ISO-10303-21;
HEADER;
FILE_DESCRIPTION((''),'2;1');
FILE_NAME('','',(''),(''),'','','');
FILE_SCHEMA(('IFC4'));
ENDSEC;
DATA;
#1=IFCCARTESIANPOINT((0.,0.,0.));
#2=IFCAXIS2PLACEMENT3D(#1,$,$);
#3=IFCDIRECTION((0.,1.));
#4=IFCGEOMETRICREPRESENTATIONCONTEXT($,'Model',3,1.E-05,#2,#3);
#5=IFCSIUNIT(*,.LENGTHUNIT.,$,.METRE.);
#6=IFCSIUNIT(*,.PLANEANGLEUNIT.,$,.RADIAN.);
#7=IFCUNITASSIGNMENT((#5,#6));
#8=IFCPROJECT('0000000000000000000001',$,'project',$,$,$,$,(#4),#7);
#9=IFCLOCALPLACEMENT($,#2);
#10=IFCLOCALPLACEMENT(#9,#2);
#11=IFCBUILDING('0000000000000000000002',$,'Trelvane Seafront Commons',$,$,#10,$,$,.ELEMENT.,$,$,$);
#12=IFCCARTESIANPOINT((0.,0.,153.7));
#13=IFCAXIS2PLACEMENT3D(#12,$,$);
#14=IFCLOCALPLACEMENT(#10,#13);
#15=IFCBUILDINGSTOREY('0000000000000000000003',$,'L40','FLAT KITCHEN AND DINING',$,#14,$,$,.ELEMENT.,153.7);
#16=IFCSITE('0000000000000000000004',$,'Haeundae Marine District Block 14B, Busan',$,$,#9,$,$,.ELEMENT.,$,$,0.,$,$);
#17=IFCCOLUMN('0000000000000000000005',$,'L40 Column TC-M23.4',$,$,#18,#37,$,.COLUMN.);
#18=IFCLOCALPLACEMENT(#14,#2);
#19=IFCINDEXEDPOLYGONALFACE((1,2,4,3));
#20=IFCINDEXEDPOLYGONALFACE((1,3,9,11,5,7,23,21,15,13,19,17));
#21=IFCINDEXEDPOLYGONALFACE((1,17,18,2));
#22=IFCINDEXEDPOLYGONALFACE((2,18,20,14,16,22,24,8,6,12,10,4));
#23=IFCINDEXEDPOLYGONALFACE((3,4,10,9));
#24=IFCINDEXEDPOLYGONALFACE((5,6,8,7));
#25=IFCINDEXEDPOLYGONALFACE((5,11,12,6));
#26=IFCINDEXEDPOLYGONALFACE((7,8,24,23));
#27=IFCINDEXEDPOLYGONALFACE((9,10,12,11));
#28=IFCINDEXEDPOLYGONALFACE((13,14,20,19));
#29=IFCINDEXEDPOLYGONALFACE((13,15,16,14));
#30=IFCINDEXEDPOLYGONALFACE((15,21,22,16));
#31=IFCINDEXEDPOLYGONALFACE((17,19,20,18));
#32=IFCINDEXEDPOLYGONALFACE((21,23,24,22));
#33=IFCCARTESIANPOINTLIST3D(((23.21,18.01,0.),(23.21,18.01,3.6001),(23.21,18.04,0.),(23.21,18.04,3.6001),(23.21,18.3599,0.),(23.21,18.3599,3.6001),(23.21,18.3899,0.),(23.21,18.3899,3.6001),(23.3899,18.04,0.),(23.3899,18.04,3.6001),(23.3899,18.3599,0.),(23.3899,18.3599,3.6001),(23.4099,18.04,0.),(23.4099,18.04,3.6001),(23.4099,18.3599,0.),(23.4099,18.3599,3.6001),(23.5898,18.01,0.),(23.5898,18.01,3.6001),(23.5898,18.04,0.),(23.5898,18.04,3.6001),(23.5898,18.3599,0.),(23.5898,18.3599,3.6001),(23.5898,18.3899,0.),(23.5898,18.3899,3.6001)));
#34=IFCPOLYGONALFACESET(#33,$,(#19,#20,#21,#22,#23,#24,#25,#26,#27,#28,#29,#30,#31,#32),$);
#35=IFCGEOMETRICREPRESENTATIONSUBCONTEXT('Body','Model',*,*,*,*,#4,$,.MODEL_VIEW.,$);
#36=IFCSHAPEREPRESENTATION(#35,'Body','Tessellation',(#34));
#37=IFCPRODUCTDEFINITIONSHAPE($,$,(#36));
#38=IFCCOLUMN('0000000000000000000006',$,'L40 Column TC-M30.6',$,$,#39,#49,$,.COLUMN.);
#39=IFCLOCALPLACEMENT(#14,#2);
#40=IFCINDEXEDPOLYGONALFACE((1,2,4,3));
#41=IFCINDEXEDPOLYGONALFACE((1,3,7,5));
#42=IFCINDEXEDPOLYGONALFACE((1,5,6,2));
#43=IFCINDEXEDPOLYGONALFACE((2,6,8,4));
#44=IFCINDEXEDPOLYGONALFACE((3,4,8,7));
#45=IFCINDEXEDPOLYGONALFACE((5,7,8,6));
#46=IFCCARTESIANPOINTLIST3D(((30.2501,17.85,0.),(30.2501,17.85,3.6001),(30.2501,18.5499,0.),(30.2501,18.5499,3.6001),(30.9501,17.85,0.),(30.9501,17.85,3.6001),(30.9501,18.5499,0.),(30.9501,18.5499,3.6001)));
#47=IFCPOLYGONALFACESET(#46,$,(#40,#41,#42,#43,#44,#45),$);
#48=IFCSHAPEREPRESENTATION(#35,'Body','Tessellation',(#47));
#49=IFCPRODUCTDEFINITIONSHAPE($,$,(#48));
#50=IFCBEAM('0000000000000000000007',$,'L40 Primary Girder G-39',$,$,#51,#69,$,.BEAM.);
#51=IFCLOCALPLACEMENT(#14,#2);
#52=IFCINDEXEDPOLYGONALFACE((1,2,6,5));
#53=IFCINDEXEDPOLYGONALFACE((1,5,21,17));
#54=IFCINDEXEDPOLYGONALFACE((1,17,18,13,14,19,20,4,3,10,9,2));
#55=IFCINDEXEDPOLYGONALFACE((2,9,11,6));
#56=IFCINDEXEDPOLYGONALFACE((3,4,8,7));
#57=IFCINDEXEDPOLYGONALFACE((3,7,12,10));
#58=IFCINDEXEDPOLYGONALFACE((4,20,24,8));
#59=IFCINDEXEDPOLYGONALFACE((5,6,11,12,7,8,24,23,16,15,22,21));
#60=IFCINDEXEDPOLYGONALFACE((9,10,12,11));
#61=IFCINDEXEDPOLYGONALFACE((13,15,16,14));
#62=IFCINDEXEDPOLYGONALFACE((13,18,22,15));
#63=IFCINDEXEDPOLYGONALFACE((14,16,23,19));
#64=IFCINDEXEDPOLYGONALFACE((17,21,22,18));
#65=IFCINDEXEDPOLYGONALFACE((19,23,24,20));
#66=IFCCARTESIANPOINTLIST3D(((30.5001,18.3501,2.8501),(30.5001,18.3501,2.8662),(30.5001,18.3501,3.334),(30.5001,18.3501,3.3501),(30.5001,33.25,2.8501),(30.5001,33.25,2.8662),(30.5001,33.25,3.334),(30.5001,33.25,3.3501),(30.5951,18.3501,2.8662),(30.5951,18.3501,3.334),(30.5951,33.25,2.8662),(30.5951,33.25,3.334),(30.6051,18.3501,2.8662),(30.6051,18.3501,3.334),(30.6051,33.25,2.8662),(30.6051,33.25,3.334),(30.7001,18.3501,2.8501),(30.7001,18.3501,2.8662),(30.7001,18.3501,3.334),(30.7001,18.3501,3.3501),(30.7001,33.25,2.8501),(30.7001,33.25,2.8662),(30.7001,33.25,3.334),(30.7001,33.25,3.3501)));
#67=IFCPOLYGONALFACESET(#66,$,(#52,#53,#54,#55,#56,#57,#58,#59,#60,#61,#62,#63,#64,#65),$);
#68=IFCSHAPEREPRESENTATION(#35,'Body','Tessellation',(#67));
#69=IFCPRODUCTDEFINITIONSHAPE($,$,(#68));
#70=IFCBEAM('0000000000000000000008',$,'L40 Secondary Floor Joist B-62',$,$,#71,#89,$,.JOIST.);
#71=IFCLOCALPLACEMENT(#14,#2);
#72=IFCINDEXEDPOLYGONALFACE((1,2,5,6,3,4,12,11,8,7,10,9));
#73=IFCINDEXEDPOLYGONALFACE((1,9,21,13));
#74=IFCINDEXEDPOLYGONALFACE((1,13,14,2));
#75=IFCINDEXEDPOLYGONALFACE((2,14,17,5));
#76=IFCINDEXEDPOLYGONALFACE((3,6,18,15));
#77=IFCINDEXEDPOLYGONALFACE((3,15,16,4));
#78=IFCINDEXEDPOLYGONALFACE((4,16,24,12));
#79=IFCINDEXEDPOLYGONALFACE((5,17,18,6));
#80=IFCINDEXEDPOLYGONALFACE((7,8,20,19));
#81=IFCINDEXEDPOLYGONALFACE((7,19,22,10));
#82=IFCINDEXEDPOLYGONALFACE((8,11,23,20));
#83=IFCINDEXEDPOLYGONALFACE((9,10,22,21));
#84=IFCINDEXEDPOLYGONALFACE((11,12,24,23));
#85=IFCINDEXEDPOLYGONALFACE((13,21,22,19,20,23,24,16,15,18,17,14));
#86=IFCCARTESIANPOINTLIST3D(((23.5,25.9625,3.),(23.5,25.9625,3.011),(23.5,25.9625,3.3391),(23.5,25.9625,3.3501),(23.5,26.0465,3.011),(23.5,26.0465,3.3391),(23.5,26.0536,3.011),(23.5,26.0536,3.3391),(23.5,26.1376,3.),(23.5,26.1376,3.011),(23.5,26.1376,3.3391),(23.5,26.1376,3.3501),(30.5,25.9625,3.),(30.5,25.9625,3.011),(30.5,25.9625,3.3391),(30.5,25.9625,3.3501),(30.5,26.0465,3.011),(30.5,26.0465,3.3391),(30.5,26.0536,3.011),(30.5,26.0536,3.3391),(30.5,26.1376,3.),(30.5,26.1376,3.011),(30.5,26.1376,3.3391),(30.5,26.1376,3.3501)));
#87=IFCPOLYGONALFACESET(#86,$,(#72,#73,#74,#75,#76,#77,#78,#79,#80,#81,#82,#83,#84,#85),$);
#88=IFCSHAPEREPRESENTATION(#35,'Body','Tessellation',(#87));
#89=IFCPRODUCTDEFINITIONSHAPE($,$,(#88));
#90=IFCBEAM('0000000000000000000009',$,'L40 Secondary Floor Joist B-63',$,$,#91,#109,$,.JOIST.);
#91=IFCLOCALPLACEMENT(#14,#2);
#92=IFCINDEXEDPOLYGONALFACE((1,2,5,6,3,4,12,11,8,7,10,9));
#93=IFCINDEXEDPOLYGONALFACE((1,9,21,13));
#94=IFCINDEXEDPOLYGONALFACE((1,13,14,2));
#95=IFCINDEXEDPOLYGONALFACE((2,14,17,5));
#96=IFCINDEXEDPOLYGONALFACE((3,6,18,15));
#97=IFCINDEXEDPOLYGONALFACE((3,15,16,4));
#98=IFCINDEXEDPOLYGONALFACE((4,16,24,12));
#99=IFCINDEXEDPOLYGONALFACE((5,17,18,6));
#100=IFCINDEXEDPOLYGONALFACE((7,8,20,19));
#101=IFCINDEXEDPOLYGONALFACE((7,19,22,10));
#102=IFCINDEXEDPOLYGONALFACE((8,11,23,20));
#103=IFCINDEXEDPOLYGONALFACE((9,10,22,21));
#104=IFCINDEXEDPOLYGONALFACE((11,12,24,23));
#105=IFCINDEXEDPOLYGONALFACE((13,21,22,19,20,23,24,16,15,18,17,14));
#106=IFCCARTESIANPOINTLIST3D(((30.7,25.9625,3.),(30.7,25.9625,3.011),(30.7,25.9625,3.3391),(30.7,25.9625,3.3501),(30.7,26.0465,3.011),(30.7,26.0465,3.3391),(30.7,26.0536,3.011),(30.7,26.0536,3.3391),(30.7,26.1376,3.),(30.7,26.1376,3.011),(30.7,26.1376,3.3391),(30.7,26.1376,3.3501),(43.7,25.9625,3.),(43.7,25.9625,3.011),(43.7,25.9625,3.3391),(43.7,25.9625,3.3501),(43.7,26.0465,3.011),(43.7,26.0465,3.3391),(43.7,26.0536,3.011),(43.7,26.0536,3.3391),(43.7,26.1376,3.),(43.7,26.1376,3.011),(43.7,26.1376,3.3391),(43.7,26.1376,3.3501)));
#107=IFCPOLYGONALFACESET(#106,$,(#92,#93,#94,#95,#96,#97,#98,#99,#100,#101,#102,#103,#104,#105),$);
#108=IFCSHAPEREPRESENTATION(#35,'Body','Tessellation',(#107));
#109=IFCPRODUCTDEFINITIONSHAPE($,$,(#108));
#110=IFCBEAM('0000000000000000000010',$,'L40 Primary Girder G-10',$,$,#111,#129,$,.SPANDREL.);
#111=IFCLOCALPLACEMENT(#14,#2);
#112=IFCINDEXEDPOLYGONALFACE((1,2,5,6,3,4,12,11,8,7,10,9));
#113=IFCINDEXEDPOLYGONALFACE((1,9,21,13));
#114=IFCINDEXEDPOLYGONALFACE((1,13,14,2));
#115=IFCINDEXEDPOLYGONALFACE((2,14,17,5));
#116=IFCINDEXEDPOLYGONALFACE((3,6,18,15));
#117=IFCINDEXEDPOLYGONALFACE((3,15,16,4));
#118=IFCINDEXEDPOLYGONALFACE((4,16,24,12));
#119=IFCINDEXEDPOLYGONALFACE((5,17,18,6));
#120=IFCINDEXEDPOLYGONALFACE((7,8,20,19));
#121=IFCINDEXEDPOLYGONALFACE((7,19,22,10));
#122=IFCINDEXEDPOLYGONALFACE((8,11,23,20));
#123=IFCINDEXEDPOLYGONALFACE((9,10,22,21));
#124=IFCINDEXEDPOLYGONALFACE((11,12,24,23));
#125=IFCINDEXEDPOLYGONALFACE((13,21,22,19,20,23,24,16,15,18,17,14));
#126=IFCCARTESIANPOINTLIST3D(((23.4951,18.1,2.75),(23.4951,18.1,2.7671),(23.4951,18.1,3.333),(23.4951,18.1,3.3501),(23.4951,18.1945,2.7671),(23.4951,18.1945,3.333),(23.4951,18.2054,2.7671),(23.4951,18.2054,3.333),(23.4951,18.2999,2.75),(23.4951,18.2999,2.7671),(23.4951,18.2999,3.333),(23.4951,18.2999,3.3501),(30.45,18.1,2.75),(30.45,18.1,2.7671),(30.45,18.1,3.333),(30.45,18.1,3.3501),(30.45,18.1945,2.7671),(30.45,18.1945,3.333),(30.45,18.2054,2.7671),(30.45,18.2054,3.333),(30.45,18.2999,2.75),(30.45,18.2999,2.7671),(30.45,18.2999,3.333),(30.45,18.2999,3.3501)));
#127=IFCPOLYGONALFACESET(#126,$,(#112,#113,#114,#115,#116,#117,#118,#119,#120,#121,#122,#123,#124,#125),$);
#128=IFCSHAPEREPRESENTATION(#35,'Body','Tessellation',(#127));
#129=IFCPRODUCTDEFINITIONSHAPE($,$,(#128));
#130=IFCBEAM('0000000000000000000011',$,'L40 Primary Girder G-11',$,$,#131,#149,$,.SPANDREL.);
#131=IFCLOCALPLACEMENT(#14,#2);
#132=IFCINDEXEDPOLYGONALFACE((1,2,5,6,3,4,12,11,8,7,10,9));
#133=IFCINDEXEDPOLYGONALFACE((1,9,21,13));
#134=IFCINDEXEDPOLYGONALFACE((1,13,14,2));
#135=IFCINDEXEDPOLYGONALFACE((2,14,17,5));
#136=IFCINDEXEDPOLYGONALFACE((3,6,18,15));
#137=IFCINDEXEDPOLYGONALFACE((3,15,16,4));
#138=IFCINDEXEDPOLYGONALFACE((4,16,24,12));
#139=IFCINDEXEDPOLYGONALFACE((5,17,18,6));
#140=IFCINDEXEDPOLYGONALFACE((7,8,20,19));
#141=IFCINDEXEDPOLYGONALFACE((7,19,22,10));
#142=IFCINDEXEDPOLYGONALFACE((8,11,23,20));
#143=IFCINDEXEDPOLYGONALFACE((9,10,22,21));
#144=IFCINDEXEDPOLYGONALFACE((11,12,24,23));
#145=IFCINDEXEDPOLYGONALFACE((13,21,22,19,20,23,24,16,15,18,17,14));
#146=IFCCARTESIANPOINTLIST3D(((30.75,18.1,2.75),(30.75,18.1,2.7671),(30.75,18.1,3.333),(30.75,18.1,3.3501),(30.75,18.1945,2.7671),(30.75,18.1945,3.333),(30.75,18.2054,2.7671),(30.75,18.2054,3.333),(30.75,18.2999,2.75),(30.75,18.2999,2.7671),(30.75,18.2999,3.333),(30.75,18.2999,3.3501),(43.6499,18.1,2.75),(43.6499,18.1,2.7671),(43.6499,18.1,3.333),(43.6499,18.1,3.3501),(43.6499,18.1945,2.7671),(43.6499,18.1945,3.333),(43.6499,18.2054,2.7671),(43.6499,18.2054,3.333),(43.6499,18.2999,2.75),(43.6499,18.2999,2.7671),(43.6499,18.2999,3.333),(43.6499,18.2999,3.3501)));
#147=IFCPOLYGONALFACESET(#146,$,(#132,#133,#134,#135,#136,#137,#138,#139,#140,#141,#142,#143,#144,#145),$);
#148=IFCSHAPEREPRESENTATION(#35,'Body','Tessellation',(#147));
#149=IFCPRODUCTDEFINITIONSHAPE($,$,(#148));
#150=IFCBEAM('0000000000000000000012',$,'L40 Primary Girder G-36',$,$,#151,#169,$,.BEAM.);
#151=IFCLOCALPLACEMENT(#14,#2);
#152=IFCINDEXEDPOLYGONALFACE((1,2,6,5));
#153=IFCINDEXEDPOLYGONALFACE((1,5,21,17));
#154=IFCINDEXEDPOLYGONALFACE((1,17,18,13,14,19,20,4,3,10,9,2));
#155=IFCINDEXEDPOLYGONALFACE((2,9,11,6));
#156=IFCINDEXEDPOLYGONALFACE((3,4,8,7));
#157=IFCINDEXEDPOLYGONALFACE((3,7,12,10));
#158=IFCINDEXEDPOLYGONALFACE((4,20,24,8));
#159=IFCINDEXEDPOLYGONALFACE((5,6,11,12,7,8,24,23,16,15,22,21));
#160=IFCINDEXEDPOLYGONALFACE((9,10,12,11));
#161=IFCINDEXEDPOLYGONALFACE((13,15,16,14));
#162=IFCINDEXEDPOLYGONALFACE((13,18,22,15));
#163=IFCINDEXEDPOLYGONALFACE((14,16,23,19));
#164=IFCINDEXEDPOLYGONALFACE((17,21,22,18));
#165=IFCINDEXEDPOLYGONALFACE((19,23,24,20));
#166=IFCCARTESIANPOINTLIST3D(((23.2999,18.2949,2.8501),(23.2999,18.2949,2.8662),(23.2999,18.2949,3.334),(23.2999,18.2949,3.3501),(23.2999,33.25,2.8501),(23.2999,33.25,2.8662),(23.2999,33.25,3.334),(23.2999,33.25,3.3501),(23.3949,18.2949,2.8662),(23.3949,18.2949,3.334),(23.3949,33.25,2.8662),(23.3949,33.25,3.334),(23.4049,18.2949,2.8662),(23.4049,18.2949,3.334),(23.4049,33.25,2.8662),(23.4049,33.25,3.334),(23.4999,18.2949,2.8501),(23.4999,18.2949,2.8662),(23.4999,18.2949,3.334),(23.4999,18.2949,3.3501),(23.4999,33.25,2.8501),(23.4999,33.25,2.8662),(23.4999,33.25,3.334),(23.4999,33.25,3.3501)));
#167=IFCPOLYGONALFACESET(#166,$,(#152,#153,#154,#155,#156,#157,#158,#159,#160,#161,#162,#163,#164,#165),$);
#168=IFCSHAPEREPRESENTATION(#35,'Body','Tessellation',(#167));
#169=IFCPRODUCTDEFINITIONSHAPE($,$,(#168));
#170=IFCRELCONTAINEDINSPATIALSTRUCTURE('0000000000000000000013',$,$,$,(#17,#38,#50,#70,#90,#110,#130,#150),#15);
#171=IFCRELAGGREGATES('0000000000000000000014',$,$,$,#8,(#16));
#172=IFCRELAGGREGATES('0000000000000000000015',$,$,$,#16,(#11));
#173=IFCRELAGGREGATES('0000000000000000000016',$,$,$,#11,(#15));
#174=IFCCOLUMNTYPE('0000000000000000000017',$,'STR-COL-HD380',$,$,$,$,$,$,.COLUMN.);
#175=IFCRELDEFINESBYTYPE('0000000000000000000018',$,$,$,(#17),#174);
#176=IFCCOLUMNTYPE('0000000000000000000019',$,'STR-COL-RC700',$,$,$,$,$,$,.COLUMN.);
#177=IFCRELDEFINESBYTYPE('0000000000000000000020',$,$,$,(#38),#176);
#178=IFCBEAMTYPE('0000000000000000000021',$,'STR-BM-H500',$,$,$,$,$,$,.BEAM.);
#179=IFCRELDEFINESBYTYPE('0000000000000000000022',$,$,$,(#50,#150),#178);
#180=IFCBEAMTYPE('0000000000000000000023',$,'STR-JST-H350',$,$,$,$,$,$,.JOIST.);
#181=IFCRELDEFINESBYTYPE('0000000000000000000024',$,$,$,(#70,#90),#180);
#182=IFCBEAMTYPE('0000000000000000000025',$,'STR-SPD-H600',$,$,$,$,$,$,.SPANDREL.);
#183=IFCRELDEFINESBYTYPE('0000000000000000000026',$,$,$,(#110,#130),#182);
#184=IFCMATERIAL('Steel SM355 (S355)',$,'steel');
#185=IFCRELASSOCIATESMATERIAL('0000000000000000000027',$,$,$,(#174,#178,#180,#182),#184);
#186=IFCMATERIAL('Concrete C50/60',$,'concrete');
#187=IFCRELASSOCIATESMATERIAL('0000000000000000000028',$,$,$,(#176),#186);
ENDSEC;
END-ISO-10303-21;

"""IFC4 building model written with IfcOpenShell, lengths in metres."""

from ifc_helpers import new_model, si_unit, direction, frame, origin, origin_2d, place, context, subcontext, project, spatial, rectangle, i_section, extrude, source, transform, mapped, material, material_profile, profile_set, type_object, element, save


model = new_model("IFC4")

# Units and contexts
model_context = context("Model", 3, precision=1e-05, world=origin(), true_north=direction((0.0, 1.0)))
body_context = subcontext(model_context, "Body", "Model", "MODEL_VIEW")
ifc_project = project(units=[si_unit("LENGTHUNIT", "METRE"), si_unit("PLANEANGLEUNIT", "RADIAN")], contexts=[model_context])

# Site, building, storey
site_placement = place(None, origin())
site = spatial("IfcSite", under=ifc_project, at=site_placement, Name="Haeundae Marine District Block 14B, Busan", CompositionType="ELEMENT", RefElevation=0.0)
building_placement = place(site_placement, origin())
building = spatial("IfcBuilding", under=site, at=building_placement, Name="Trelvane Seafront Commons", CompositionType="ELEMENT")
storey_placement = place(building_placement, frame((0.0, 0.0, 153.7)))
storey = spatial("IfcBuildingStorey", under=building, at=storey_placement, Name="L40", Description="FLAT KITCHEN AND DINING", CompositionType="ELEMENT", Elevation=153.7)

# Columns
ifc_material_1 = material(Name="Steel SM355 (S355)", Category="steel")
ifc_material_profile_1 = material_profile(ifc_material_1, i_section(OverallWidth=0.3799, OverallDepth=0.3799, WebThickness=0.02, FlangeThickness=0.03, at=origin_2d()), Name="HD-380x380x20x30")
ifc_profile_set_1 = profile_set([ifc_material_profile_1], Name="Steel SM355 (S355)")
column_type_1 = type_object("IfcColumnType", Name="STR-COL-HD380", PredefinedType="COLUMN", material=ifc_profile_set_1)
shared_shape_1 = source(origin(), body_context, "Body", "SweptSolid", [
    extrude(i_section(OverallWidth=0.3799, OverallDepth=0.3799, WebThickness=0.02, FlangeThickness=0.03, at=origin_2d()), origin(), (0.0, 0.0, 1.0), 3.6001),
])
column_1_placement = place(storey_placement, frame((23.3999, 18.2, 0.0), z_axis=(0.0, 0.0, 1.0), x_axis=(1.0, 0.0, 0.0)))
element("IfcColumn", 1, at=column_1_placement, inside=storey, type_object=column_type_1, Name="L40 Column TC-M23.4", PredefinedType="COLUMN", context=body_context, shape_type="MappedRepresentation", body=[
    mapped(shared_shape_1, transform((0.0, 0.0, 0.0), x_axis=(1.0, 0.0, 0.0), y_axis=(0.0, 1.0, 0.0), z_axis=(0.0, 0.0, 1.0), scale=1.0)),
])
ifc_material_2 = material(Name="Concrete C50/60", Category="concrete")
ifc_material_profile_2 = material_profile(ifc_material_2, rectangle(XDim=0.7, YDim=0.7, at=origin_2d()), Name="RC-700x700")
ifc_profile_set_2 = profile_set([ifc_material_profile_2], Name="Concrete C50/60")
column_type_2 = type_object("IfcColumnType", Name="STR-COL-RC700", PredefinedType="COLUMN", material=ifc_profile_set_2)
shared_shape_2 = source(origin(), body_context, "Body", "SweptSolid", [
    extrude(rectangle(XDim=0.7, YDim=0.7, at=origin_2d()), origin(), (0.0, 0.0, 1.0), 3.6001),
])
column_2_placement = place(storey_placement, frame((30.6001, 18.2, 0.0), z_axis=(0.0, 0.0, 1.0), x_axis=(1.0, 0.0, 0.0)))
element("IfcColumn", 2, at=column_2_placement, inside=storey, type_object=column_type_2, Name="L40 Column TC-M30.6", PredefinedType="COLUMN", context=body_context, shape_type="MappedRepresentation", body=[
    mapped(shared_shape_2, transform((0.0, 0.0, 0.0), x_axis=(1.0, 0.0, 0.0), y_axis=(0.0, 1.0, 0.0), z_axis=(0.0, 0.0, 1.0), scale=1.0)),
])

# Beams
ifc_material_profile_3 = material_profile(ifc_material_1, i_section(OverallWidth=0.2, OverallDepth=0.5, WebThickness=0.01, FlangeThickness=0.0161, at=origin_2d()), Name="H-500x200x10x16")
ifc_profile_set_3 = profile_set([ifc_material_profile_3], Name="Steel SM355 (S355)")
beam_type_1 = type_object("IfcBeamType", Name="STR-BM-H500", PredefinedType="BEAM", material=ifc_profile_set_3)
shared_shape_3 = source(origin(), body_context, "Body", "SweptSolid", [
    extrude(i_section(OverallWidth=0.2, OverallDepth=0.5, WebThickness=0.01, FlangeThickness=0.0161, at=origin_2d()), origin(), (0.0, 0.0, 1.0), 14.8999),
])
beam_1_placement = place(storey_placement, frame((30.6001, 18.3501, 3.1001), z_axis=(0.0, 1.0, 0.0), x_axis=(-1.0, 0.0, 0.0)))
element("IfcBeam", 3, at=beam_1_placement, inside=storey, type_object=beam_type_1, Name="L40 Primary Girder G-39", PredefinedType="BEAM", context=body_context, shape_type="MappedRepresentation", body=[
    mapped(shared_shape_3, transform((0.0, 0.0, 0.0), x_axis=(1.0, 0.0, 0.0), y_axis=(0.0, 1.0, 0.0), z_axis=(0.0, 0.0, 1.0), scale=1.0)),
])
ifc_material_profile_4 = material_profile(ifc_material_1, i_section(OverallWidth=0.175, OverallDepth=0.3501, WebThickness=0.0071, FlangeThickness=0.011, at=origin_2d()), Name="H-350x175x7x11")
ifc_profile_set_4 = profile_set([ifc_material_profile_4], Name="Steel SM355 (S355)")
beam_type_2 = type_object("IfcBeamType", Name="STR-JST-H350", PredefinedType="JOIST", material=ifc_profile_set_4)
shared_shape_4 = source(origin(), body_context, "Body", "SweptSolid", [
    extrude(i_section(OverallWidth=0.175, OverallDepth=0.3501, WebThickness=0.0071, FlangeThickness=0.011, at=origin_2d()), origin(), (0.0, 0.0, 1.0), 7.0),
])
beam_2_placement = place(storey_placement, frame((23.5, 26.05, 3.175), z_axis=(1.0, 0.0, 0.0), x_axis=(0.0, 1.0, 0.0)))
element("IfcBeam", 4, at=beam_2_placement, inside=storey, type_object=beam_type_2, Name="L40 Secondary Floor Joist B-62", PredefinedType="JOIST", context=body_context, shape_type="MappedRepresentation", body=[
    mapped(shared_shape_4, transform((0.0, 0.0, 0.0), x_axis=(1.0, 0.0, 0.0), y_axis=(0.0, 1.0, 0.0), z_axis=(0.0, 0.0, 1.0), scale=1.0)),
])
shared_shape_5 = source(origin(), body_context, "Body", "SweptSolid", [
    extrude(i_section(OverallWidth=0.175, OverallDepth=0.3501, WebThickness=0.0071, FlangeThickness=0.011, at=origin_2d()), origin(), (0.0, 0.0, 1.0), 13.0),
])
beam_3_placement = place(storey_placement, frame((30.7, 26.05, 3.175), z_axis=(1.0, 0.0, 0.0), x_axis=(0.0, 1.0, 0.0)))
element("IfcBeam", 5, at=beam_3_placement, inside=storey, type_object=beam_type_2, Name="L40 Secondary Floor Joist B-63", PredefinedType="JOIST", context=body_context, shape_type="MappedRepresentation", body=[
    mapped(shared_shape_5, transform((0.0, 0.0, 0.0), x_axis=(1.0, 0.0, 0.0), y_axis=(0.0, 1.0, 0.0), z_axis=(0.0, 0.0, 1.0), scale=1.0)),
])
ifc_material_profile_5 = material_profile(ifc_material_1, i_section(OverallWidth=0.2, OverallDepth=0.6001, WebThickness=0.011, FlangeThickness=0.0171, at=origin_2d()), Name="H-600x200x11x17")
ifc_profile_set_5 = profile_set([ifc_material_profile_5], Name="Steel SM355 (S355)")
beam_type_3 = type_object("IfcBeamType", Name="STR-SPD-H600", PredefinedType="SPANDREL", material=ifc_profile_set_5)
shared_shape_6 = source(origin(), body_context, "Body", "SweptSolid", [
    extrude(i_section(OverallWidth=0.2, OverallDepth=0.6001, WebThickness=0.011, FlangeThickness=0.0171, at=origin_2d()), origin(), (0.0, 0.0, 1.0), 6.9548),
])
beam_4_placement = place(storey_placement, frame((23.4951, 18.2, 3.05), z_axis=(1.0, 0.0, 0.0), x_axis=(0.0, 1.0, 0.0)))
element("IfcBeam", 6, at=beam_4_placement, inside=storey, type_object=beam_type_3, Name="L40 Primary Girder G-10", PredefinedType="SPANDREL", context=body_context, shape_type="MappedRepresentation", body=[
    mapped(shared_shape_6, transform((0.0, 0.0, 0.0), x_axis=(1.0, 0.0, 0.0), y_axis=(0.0, 1.0, 0.0), z_axis=(0.0, 0.0, 1.0), scale=1.0)),
])
shared_shape_7 = source(origin(), body_context, "Body", "SweptSolid", [
    extrude(i_section(OverallWidth=0.2, OverallDepth=0.6001, WebThickness=0.011, FlangeThickness=0.0171, at=origin_2d()), origin(), (0.0, 0.0, 1.0), 12.8999),
])
beam_5_placement = place(storey_placement, frame((30.75, 18.2, 3.05), z_axis=(1.0, 0.0, 0.0), x_axis=(0.0, 1.0, 0.0)))
element("IfcBeam", 7, at=beam_5_placement, inside=storey, type_object=beam_type_3, Name="L40 Primary Girder G-11", PredefinedType="SPANDREL", context=body_context, shape_type="MappedRepresentation", body=[
    mapped(shared_shape_7, transform((0.0, 0.0, 0.0), x_axis=(1.0, 0.0, 0.0), y_axis=(0.0, 1.0, 0.0), z_axis=(0.0, 0.0, 1.0), scale=1.0)),
])
shared_shape_8 = source(origin(), body_context, "Body", "SweptSolid", [
    extrude(i_section(OverallWidth=0.2, OverallDepth=0.5, WebThickness=0.01, FlangeThickness=0.0161, at=origin_2d()), origin(), (0.0, 0.0, 1.0), 14.9551),
])
beam_6_placement = place(storey_placement, frame((23.3999, 18.2949, 3.1001), z_axis=(0.0, 1.0, 0.0), x_axis=(-1.0, 0.0, 0.0)))
element("IfcBeam", 8, at=beam_6_placement, inside=storey, type_object=beam_type_1, Name="L40 Primary Girder G-36", PredefinedType="BEAM", context=body_context, shape_type="MappedRepresentation", body=[
    mapped(shared_shape_8, transform((0.0, 0.0, 0.0), x_axis=(1.0, 0.0, 0.0), y_axis=(0.0, 1.0, 0.0), z_axis=(0.0, 0.0, 1.0), scale=1.0)),
])

save(model, "model.ifc")
